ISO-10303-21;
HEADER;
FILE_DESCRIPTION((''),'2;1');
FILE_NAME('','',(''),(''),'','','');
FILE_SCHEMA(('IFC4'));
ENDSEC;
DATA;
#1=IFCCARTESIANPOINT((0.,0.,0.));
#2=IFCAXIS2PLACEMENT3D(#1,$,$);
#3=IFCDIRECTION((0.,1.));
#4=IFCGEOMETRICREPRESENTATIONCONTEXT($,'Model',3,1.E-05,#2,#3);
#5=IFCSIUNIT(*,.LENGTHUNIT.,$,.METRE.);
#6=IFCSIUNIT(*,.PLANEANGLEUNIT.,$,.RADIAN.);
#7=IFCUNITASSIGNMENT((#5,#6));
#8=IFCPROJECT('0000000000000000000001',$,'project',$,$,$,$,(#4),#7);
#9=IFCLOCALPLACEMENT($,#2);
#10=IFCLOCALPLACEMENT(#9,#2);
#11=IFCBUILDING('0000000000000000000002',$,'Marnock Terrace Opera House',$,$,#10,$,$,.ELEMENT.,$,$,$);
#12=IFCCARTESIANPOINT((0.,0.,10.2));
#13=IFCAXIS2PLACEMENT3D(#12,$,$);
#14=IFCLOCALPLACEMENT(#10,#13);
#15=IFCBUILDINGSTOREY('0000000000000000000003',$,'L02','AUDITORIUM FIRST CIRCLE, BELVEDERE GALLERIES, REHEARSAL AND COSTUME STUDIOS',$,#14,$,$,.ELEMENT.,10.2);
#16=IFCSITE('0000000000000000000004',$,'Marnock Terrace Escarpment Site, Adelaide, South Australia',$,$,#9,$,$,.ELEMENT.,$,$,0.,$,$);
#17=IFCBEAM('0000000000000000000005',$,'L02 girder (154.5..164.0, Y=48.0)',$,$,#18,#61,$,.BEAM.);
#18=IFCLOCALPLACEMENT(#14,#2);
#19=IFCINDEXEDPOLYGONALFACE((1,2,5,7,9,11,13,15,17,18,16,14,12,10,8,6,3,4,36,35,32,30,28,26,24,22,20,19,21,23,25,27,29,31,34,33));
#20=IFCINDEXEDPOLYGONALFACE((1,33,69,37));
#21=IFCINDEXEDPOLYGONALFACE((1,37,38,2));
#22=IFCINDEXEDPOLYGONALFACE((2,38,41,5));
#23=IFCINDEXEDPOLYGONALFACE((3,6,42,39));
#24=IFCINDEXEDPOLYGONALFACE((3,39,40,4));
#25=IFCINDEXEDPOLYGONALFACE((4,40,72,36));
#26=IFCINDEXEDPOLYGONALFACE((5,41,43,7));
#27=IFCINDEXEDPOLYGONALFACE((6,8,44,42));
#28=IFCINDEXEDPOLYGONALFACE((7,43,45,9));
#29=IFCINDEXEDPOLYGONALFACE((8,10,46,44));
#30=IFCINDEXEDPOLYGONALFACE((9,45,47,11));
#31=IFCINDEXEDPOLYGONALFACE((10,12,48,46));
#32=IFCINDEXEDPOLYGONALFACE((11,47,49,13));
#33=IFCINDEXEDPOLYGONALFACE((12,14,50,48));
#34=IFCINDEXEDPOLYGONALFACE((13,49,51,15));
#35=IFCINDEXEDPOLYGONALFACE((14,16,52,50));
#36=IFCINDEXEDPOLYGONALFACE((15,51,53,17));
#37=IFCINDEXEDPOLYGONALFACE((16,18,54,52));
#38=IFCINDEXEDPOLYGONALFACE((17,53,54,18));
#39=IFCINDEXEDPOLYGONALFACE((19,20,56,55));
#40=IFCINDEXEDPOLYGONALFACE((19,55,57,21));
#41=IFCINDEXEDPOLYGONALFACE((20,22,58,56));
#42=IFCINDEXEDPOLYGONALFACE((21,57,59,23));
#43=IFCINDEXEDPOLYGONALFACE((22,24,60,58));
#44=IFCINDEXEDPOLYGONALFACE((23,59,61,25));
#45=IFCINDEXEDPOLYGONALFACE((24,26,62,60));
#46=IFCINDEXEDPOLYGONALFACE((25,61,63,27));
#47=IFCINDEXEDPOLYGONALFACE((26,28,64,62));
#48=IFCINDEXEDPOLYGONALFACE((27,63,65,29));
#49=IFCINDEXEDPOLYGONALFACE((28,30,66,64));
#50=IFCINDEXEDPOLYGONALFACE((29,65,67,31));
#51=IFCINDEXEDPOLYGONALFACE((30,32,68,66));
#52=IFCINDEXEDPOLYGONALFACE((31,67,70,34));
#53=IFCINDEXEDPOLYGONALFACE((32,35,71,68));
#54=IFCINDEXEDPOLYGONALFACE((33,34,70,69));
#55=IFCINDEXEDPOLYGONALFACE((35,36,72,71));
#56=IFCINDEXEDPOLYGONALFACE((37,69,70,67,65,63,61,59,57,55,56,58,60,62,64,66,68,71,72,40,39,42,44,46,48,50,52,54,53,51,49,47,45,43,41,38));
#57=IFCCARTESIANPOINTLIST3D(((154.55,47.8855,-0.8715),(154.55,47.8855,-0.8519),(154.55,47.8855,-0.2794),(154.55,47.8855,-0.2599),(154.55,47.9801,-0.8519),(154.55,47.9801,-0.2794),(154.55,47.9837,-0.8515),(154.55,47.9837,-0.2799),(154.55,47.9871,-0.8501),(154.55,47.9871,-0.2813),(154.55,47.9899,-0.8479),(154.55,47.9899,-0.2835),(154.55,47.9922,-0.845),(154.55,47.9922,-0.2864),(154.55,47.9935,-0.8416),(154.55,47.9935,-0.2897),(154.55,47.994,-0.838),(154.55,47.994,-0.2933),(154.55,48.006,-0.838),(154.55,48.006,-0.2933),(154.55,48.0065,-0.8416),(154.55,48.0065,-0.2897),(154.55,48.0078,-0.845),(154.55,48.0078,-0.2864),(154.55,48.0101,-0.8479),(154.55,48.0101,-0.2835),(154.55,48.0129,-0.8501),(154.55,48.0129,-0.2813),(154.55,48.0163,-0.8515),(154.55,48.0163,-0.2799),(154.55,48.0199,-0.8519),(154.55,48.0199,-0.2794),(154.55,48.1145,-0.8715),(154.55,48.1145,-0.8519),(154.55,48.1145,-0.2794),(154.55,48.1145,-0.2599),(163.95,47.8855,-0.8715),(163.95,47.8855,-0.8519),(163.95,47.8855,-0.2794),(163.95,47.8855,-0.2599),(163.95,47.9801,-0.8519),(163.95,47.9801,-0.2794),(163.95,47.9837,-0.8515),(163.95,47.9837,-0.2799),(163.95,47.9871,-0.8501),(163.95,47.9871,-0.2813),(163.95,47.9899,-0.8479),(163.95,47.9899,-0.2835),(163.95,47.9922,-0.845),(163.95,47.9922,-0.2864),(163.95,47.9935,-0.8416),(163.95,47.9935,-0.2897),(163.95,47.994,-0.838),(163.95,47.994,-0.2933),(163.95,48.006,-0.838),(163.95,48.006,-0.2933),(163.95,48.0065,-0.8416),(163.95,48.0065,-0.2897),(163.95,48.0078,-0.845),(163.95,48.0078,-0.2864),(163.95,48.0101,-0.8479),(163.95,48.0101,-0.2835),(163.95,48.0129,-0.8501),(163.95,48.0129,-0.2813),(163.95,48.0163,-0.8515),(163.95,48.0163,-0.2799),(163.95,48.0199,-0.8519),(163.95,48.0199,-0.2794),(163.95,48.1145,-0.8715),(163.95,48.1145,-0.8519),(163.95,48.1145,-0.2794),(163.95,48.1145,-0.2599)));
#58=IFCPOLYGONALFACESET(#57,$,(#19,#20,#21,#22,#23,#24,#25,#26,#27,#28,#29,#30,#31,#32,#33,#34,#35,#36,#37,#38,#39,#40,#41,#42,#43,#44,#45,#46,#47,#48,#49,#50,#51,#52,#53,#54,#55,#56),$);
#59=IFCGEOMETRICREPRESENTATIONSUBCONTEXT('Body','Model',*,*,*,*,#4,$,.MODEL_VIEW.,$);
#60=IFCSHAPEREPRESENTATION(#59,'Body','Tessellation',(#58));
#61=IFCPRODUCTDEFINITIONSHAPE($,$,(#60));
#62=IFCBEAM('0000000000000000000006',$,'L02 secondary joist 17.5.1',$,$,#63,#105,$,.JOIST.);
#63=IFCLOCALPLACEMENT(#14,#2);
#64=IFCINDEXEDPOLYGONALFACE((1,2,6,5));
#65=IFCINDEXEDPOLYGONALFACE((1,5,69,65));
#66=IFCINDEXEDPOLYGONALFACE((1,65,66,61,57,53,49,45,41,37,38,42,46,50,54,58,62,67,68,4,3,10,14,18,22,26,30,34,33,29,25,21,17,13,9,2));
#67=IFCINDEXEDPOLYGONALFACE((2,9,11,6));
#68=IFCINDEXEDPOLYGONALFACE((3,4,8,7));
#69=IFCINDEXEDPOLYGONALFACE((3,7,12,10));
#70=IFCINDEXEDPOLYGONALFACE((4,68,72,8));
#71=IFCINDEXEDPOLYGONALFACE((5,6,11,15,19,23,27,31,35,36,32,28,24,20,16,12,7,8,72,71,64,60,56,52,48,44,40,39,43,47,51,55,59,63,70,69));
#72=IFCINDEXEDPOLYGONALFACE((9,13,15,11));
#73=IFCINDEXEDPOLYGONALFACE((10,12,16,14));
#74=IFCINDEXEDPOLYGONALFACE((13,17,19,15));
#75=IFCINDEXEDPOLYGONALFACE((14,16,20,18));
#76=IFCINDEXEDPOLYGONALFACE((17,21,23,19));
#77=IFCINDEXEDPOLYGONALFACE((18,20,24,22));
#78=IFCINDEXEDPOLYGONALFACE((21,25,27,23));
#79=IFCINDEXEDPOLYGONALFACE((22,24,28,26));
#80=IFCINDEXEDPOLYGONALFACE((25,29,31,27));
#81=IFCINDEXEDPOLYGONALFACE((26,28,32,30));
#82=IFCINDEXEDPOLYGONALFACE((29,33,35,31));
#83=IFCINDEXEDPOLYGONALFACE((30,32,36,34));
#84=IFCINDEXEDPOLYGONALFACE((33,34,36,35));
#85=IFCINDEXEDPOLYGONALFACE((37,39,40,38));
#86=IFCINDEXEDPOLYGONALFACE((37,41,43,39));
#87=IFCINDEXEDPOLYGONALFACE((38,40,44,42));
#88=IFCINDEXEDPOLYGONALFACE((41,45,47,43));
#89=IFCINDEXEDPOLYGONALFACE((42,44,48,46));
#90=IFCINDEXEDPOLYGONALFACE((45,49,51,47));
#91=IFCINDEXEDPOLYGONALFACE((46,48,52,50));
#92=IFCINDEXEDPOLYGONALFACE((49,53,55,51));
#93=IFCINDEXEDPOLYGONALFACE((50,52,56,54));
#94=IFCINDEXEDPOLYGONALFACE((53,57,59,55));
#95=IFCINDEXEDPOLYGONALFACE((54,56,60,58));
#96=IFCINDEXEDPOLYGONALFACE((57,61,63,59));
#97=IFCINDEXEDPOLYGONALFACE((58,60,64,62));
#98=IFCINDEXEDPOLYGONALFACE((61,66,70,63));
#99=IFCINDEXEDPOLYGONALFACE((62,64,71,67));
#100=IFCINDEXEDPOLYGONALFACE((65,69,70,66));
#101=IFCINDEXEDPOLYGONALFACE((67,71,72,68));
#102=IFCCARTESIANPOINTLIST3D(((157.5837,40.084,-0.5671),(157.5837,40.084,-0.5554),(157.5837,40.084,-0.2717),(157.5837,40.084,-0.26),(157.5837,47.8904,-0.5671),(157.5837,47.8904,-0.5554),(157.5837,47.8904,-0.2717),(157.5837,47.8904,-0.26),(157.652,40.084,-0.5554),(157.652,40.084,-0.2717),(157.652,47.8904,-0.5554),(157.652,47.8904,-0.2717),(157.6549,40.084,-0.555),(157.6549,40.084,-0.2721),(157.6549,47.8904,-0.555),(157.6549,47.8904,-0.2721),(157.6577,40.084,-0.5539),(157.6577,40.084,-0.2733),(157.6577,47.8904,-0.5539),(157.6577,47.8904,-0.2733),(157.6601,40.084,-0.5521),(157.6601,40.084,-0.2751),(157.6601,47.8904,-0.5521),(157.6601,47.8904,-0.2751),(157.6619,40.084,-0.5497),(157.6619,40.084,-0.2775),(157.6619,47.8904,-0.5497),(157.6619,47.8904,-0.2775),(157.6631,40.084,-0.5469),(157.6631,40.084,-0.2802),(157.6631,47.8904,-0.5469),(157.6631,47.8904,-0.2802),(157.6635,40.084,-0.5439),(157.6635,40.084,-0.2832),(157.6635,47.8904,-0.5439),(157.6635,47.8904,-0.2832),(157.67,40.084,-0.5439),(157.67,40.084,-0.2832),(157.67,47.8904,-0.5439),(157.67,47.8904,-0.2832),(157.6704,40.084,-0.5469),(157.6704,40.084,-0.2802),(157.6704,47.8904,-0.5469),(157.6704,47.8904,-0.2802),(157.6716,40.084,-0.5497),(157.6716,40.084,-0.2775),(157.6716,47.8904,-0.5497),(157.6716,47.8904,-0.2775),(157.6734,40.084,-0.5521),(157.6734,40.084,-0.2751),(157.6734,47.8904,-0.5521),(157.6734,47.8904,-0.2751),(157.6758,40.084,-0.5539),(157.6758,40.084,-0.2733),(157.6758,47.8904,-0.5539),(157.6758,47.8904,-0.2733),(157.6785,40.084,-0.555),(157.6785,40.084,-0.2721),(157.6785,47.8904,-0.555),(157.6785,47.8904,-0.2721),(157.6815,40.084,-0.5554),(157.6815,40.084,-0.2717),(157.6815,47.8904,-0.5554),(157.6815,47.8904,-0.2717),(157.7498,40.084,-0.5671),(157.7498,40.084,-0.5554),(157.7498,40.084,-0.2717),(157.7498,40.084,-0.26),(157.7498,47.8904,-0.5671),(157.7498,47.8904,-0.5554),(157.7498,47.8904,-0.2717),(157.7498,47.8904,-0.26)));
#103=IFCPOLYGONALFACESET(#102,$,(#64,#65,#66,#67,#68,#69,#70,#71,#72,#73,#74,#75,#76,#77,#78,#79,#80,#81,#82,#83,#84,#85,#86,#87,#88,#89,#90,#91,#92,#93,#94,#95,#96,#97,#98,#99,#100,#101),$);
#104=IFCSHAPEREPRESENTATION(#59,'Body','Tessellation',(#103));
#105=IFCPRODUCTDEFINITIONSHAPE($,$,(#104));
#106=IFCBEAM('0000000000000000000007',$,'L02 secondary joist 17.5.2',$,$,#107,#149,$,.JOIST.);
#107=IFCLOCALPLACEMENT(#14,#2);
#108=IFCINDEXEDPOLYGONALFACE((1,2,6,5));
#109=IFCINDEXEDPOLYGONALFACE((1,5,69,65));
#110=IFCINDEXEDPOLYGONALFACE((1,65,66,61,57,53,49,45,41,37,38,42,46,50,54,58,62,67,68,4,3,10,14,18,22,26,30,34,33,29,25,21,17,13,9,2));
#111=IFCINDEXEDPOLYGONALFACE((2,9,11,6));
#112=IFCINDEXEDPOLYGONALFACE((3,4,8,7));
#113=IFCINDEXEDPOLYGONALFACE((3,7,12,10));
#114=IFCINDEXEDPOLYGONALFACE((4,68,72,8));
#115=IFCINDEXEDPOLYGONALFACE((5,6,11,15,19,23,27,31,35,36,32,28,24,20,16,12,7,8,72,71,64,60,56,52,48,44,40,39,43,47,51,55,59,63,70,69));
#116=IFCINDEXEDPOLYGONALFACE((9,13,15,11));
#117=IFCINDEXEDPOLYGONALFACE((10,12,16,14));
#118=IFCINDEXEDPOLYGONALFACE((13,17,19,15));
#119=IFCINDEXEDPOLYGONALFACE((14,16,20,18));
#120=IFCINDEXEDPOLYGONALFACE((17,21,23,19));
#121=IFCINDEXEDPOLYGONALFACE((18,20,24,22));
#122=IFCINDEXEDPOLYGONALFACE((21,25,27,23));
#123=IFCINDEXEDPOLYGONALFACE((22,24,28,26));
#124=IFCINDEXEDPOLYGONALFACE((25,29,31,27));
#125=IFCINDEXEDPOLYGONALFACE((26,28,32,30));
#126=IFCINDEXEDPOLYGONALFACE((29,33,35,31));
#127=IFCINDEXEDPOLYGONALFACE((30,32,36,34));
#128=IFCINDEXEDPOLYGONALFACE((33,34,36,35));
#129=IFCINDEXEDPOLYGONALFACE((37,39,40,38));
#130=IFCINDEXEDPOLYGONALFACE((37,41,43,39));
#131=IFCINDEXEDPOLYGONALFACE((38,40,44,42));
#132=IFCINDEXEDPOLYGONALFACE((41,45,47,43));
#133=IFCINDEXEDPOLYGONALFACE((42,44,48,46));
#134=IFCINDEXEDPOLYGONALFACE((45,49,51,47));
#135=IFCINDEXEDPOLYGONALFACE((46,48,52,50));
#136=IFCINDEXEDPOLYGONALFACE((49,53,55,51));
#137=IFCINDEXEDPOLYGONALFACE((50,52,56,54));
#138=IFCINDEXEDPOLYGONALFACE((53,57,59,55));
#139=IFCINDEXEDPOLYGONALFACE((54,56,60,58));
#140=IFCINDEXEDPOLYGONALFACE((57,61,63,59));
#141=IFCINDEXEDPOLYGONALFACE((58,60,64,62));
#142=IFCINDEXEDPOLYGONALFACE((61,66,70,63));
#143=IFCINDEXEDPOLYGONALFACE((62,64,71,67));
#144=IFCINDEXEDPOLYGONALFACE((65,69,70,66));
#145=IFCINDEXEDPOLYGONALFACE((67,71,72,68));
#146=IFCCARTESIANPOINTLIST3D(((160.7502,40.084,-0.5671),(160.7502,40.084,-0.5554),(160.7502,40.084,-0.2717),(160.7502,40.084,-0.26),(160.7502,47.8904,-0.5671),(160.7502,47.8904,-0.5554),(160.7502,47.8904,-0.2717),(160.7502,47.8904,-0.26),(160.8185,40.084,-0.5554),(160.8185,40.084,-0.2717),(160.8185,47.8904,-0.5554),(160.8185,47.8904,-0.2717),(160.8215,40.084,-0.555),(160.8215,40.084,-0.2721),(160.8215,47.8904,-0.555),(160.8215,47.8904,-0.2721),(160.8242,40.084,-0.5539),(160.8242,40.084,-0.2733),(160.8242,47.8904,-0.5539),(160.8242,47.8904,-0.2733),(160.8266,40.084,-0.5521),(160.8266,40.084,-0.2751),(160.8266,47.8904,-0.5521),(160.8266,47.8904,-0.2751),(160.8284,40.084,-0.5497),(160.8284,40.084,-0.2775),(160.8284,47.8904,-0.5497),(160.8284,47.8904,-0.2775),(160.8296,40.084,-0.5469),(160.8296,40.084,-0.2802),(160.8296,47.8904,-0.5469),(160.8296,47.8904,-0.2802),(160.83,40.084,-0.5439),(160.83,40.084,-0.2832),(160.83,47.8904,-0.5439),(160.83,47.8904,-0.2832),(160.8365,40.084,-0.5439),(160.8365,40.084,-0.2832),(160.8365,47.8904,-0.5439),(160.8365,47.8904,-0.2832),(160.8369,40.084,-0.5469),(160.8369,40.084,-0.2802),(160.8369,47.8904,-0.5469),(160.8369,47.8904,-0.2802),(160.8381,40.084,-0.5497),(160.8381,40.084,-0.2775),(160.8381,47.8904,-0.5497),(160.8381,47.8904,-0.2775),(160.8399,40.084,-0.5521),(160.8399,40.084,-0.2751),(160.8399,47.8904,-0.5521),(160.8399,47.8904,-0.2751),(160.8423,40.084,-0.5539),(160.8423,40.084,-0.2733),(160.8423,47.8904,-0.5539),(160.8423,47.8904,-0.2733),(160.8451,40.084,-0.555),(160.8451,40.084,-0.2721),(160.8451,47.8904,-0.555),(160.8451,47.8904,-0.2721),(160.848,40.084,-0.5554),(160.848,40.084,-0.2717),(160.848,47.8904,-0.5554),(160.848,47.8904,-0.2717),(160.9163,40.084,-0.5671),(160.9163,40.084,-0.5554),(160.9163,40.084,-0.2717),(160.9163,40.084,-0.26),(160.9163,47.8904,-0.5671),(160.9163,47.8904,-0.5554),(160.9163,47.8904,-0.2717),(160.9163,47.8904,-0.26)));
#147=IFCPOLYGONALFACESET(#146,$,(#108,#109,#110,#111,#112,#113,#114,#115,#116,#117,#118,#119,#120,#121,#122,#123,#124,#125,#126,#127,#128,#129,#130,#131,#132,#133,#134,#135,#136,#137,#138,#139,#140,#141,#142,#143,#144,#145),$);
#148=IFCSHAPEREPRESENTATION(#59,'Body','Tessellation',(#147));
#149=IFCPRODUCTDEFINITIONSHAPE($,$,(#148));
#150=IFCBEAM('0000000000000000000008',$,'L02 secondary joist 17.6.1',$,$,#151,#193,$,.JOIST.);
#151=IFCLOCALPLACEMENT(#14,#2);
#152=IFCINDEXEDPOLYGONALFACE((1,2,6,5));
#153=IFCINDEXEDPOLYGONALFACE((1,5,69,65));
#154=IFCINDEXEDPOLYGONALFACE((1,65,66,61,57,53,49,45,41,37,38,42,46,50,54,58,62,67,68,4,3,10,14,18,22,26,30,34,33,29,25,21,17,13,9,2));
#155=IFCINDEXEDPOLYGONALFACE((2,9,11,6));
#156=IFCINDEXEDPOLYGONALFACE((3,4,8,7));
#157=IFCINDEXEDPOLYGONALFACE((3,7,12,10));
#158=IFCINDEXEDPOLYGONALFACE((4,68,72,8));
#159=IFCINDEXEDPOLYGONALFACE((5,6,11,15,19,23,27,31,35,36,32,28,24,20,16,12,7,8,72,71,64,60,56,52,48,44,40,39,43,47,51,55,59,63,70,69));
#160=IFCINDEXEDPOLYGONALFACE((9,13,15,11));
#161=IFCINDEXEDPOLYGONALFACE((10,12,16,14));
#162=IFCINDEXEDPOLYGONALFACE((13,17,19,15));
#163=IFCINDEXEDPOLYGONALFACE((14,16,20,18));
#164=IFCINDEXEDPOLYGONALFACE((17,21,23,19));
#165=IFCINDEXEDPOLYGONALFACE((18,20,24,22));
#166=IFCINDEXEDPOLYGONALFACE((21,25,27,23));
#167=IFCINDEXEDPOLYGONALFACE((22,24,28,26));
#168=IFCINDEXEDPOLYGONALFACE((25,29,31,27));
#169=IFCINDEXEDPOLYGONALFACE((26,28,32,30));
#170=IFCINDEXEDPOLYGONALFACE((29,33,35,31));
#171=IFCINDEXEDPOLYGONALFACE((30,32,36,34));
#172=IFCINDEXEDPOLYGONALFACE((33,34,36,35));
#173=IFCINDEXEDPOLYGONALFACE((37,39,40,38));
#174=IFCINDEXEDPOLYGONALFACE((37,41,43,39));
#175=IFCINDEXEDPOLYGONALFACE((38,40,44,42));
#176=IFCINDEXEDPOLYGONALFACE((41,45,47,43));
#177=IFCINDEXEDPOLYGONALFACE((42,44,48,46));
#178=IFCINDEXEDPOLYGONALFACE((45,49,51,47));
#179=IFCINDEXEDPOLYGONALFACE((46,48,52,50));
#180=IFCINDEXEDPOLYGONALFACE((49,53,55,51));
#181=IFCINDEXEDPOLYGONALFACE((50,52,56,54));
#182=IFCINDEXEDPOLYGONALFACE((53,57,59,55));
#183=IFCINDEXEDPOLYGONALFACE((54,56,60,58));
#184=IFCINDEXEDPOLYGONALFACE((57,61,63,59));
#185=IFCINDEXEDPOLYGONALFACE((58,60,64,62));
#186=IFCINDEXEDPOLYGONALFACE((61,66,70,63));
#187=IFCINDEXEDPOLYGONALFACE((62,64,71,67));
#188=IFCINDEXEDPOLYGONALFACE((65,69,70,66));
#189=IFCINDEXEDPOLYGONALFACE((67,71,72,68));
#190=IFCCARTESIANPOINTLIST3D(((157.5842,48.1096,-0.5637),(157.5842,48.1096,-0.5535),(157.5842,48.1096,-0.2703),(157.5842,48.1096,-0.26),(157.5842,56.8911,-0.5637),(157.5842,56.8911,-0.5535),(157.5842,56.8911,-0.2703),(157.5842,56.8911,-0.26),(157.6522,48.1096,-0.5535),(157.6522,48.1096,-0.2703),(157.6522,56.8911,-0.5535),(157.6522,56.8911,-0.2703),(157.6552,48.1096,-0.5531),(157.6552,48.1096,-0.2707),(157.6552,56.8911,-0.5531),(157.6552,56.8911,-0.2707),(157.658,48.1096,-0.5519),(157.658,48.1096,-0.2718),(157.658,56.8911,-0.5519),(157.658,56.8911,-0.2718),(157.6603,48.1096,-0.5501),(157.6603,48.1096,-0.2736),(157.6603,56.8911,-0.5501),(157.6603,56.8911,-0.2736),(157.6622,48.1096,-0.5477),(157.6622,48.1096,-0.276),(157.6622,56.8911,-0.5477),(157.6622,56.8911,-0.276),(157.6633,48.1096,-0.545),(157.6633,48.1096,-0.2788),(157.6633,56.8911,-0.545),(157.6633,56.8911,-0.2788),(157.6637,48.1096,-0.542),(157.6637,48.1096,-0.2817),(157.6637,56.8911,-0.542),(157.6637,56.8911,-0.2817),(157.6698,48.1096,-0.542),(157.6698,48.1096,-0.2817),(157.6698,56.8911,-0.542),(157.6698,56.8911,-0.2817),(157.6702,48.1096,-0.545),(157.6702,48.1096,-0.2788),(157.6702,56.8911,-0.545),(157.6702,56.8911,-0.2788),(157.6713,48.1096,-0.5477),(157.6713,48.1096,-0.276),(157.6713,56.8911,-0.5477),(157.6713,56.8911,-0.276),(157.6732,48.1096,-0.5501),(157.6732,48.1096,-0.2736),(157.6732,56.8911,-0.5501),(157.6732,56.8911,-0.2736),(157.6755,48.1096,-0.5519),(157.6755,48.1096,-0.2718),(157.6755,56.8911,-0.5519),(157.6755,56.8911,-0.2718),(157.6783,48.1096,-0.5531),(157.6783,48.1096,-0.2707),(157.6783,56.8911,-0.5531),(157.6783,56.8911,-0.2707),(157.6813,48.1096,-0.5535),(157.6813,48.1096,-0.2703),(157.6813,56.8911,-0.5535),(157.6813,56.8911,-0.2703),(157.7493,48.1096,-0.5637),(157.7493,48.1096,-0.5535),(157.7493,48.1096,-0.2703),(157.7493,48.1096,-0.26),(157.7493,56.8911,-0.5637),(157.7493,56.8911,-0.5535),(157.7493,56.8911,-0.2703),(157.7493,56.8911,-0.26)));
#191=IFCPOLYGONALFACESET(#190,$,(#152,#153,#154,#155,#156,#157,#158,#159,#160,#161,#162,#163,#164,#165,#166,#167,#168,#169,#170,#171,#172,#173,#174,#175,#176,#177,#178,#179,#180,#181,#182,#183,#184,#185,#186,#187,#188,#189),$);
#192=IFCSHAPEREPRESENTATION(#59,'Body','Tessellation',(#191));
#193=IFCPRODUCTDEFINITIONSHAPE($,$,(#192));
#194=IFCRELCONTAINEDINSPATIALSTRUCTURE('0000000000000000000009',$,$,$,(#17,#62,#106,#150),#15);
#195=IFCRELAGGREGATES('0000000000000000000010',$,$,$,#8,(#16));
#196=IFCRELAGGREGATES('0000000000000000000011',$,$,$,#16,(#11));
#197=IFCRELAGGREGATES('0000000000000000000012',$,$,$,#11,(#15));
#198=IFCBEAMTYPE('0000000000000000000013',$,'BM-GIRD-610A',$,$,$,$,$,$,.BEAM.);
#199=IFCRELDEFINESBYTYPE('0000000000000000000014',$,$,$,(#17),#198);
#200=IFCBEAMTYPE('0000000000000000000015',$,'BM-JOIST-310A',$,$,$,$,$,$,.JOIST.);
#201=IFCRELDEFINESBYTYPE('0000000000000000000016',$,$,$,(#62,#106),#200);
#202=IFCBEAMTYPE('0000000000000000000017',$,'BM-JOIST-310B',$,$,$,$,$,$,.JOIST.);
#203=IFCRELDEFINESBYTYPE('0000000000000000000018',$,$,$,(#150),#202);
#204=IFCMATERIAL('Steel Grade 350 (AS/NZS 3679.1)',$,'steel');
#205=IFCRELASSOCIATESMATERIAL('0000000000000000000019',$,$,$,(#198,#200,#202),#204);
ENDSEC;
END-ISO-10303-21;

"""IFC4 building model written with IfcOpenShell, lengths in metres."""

from ifc_helpers import new_model, si_unit, direction, frame, origin, origin_2d, place, context, subcontext, project, spatial, i_section, extrude, material, material_profile, profile_set, type_object, element, save


model = new_model("IFC4")

# Units and contexts
model_context = context("Model", 3, precision=1e-05, world=origin(), true_north=direction((0.0, 1.0)))
body_context = subcontext(model_context, "Body", "Model", "MODEL_VIEW")
ifc_project = project(units=[si_unit("LENGTHUNIT", "METRE"), si_unit("PLANEANGLEUNIT", "RADIAN")], contexts=[model_context])

# Site, building, storey
site_placement = place(None, origin())
site = spatial("IfcSite", under=ifc_project, at=site_placement, Name="Marnock Terrace Escarpment Site, Adelaide, South Australia", CompositionType="ELEMENT", RefElevation=0.0)
building_placement = place(site_placement, origin())
building = spatial("IfcBuilding", under=site, at=building_placement, Name="Marnock Terrace Opera House", CompositionType="ELEMENT")
storey_placement = place(building_placement, frame((0.0, 0.0, 10.2)))
storey = spatial("IfcBuildingStorey", under=building, at=storey_placement, Name="L02", Description="AUDITORIUM FIRST CIRCLE, BELVEDERE GALLERIES, REHEARSAL AND COSTUME STUDIOS", CompositionType="ELEMENT", Elevation=10.2)

# Beams
ifc_material_1 = material(Name="Steel Grade 350 (AS/NZS 3679.1)", Category="steel")
ifc_material_profile_1 = material_profile(ifc_material_1, i_section(OverallWidth=0.229, OverallDepth=0.6116, WebThickness=0.012, FlangeThickness=0.0195, FilletRadius=0.0139, at=origin_2d()))
ifc_profile_set_1 = profile_set([ifc_material_profile_1], Name="Steel Grade 350 (AS/NZS 3679.1)")
beam_type_1 = type_object("IfcBeamType", Name="BM-GIRD-610A", PredefinedType="BEAM", material=ifc_profile_set_1)
beam_1_placement = place(storey_placement, frame((154.55, 48.0, -0.5657), z_axis=(1.0, 0.0, 0.0), x_axis=(0.0, 1.0, 0.0)))
element("IfcBeam", 1, at=beam_1_placement, inside=storey, type_object=beam_type_1, Name="L02 girder (154.5..164.0, Y=48.0)", PredefinedType="BEAM", context=body_context, shape_type="SweptSolid", body=[
    extrude(i_section(OverallWidth=0.229, OverallDepth=0.6116, WebThickness=0.012, FlangeThickness=0.0195, FilletRadius=0.0139, at=origin_2d()), origin(), (0.0, 0.0, 1.0), 9.3999),
])
ifc_material_profile_2 = material_profile(ifc_material_1, i_section(OverallWidth=0.166, OverallDepth=0.3071, WebThickness=0.0066, FlangeThickness=0.0117, FilletRadius=0.0115, at=origin_2d()))
ifc_profile_set_2 = profile_set([ifc_material_profile_2], Name="Steel Grade 350 (AS/NZS 3679.1)")
beam_type_2 = type_object("IfcBeamType", Name="BM-JOIST-310A", PredefinedType="JOIST", material=ifc_profile_set_2)
for number, where, z_axis, x_axis, name in (
    (2, (157.6667, 40.084, -0.4136), (0.0, 1.0, 0.0), (-1.0, 0.0, 0.0), "L02 secondary joist 17.5.1"),
    (3, (160.8333, 40.084, -0.4136), (0.0, 1.0, 0.0), (-1.0, 0.0, 0.0), "L02 secondary joist 17.5.2"),
):
    element("IfcBeam", number, at=place(storey_placement, frame(where, z_axis=z_axis, x_axis=x_axis)), inside=storey, type_object=beam_type_2, Name=name, PredefinedType="JOIST", context=body_context, shape_type="SweptSolid", body=[
        extrude(i_section(OverallWidth=0.166, OverallDepth=0.3071, WebThickness=0.0066, FlangeThickness=0.0117, FilletRadius=0.0115, at=origin_2d()), origin(), (0.0, 0.0, 1.0), 7.8064),
    ])
ifc_material_profile_3 = material_profile(ifc_material_1, i_section(OverallWidth=0.165, OverallDepth=0.3037, WebThickness=0.0061, FlangeThickness=0.0103, FilletRadius=0.0115, at=origin_2d()))
ifc_profile_set_3 = profile_set([ifc_material_profile_3], Name="Steel Grade 350 (AS/NZS 3679.1)")
beam_type_3 = type_object("IfcBeamType", Name="BM-JOIST-310B", PredefinedType="JOIST", material=ifc_profile_set_3)
for number, where, z_axis, x_axis, name in (
    (4, (157.6667, 48.1096, -0.4119), (0.0, 1.0, 0.0), (-1.0, 0.0, 0.0), "L02 secondary joist 17.6.1"),
):
    element("IfcBeam", number, at=place(storey_placement, frame(where, z_axis=z_axis, x_axis=x_axis)), inside=storey, type_object=beam_type_3, Name=name, PredefinedType="JOIST", context=body_context, shape_type="SweptSolid", body=[
        extrude(i_section(OverallWidth=0.165, OverallDepth=0.3037, WebThickness=0.0061, FlangeThickness=0.0103, FilletRadius=0.0115, at=origin_2d()), origin(), (0.0, 0.0, 1.0), 8.7815),
    ])

save(model, "model.ifc")
